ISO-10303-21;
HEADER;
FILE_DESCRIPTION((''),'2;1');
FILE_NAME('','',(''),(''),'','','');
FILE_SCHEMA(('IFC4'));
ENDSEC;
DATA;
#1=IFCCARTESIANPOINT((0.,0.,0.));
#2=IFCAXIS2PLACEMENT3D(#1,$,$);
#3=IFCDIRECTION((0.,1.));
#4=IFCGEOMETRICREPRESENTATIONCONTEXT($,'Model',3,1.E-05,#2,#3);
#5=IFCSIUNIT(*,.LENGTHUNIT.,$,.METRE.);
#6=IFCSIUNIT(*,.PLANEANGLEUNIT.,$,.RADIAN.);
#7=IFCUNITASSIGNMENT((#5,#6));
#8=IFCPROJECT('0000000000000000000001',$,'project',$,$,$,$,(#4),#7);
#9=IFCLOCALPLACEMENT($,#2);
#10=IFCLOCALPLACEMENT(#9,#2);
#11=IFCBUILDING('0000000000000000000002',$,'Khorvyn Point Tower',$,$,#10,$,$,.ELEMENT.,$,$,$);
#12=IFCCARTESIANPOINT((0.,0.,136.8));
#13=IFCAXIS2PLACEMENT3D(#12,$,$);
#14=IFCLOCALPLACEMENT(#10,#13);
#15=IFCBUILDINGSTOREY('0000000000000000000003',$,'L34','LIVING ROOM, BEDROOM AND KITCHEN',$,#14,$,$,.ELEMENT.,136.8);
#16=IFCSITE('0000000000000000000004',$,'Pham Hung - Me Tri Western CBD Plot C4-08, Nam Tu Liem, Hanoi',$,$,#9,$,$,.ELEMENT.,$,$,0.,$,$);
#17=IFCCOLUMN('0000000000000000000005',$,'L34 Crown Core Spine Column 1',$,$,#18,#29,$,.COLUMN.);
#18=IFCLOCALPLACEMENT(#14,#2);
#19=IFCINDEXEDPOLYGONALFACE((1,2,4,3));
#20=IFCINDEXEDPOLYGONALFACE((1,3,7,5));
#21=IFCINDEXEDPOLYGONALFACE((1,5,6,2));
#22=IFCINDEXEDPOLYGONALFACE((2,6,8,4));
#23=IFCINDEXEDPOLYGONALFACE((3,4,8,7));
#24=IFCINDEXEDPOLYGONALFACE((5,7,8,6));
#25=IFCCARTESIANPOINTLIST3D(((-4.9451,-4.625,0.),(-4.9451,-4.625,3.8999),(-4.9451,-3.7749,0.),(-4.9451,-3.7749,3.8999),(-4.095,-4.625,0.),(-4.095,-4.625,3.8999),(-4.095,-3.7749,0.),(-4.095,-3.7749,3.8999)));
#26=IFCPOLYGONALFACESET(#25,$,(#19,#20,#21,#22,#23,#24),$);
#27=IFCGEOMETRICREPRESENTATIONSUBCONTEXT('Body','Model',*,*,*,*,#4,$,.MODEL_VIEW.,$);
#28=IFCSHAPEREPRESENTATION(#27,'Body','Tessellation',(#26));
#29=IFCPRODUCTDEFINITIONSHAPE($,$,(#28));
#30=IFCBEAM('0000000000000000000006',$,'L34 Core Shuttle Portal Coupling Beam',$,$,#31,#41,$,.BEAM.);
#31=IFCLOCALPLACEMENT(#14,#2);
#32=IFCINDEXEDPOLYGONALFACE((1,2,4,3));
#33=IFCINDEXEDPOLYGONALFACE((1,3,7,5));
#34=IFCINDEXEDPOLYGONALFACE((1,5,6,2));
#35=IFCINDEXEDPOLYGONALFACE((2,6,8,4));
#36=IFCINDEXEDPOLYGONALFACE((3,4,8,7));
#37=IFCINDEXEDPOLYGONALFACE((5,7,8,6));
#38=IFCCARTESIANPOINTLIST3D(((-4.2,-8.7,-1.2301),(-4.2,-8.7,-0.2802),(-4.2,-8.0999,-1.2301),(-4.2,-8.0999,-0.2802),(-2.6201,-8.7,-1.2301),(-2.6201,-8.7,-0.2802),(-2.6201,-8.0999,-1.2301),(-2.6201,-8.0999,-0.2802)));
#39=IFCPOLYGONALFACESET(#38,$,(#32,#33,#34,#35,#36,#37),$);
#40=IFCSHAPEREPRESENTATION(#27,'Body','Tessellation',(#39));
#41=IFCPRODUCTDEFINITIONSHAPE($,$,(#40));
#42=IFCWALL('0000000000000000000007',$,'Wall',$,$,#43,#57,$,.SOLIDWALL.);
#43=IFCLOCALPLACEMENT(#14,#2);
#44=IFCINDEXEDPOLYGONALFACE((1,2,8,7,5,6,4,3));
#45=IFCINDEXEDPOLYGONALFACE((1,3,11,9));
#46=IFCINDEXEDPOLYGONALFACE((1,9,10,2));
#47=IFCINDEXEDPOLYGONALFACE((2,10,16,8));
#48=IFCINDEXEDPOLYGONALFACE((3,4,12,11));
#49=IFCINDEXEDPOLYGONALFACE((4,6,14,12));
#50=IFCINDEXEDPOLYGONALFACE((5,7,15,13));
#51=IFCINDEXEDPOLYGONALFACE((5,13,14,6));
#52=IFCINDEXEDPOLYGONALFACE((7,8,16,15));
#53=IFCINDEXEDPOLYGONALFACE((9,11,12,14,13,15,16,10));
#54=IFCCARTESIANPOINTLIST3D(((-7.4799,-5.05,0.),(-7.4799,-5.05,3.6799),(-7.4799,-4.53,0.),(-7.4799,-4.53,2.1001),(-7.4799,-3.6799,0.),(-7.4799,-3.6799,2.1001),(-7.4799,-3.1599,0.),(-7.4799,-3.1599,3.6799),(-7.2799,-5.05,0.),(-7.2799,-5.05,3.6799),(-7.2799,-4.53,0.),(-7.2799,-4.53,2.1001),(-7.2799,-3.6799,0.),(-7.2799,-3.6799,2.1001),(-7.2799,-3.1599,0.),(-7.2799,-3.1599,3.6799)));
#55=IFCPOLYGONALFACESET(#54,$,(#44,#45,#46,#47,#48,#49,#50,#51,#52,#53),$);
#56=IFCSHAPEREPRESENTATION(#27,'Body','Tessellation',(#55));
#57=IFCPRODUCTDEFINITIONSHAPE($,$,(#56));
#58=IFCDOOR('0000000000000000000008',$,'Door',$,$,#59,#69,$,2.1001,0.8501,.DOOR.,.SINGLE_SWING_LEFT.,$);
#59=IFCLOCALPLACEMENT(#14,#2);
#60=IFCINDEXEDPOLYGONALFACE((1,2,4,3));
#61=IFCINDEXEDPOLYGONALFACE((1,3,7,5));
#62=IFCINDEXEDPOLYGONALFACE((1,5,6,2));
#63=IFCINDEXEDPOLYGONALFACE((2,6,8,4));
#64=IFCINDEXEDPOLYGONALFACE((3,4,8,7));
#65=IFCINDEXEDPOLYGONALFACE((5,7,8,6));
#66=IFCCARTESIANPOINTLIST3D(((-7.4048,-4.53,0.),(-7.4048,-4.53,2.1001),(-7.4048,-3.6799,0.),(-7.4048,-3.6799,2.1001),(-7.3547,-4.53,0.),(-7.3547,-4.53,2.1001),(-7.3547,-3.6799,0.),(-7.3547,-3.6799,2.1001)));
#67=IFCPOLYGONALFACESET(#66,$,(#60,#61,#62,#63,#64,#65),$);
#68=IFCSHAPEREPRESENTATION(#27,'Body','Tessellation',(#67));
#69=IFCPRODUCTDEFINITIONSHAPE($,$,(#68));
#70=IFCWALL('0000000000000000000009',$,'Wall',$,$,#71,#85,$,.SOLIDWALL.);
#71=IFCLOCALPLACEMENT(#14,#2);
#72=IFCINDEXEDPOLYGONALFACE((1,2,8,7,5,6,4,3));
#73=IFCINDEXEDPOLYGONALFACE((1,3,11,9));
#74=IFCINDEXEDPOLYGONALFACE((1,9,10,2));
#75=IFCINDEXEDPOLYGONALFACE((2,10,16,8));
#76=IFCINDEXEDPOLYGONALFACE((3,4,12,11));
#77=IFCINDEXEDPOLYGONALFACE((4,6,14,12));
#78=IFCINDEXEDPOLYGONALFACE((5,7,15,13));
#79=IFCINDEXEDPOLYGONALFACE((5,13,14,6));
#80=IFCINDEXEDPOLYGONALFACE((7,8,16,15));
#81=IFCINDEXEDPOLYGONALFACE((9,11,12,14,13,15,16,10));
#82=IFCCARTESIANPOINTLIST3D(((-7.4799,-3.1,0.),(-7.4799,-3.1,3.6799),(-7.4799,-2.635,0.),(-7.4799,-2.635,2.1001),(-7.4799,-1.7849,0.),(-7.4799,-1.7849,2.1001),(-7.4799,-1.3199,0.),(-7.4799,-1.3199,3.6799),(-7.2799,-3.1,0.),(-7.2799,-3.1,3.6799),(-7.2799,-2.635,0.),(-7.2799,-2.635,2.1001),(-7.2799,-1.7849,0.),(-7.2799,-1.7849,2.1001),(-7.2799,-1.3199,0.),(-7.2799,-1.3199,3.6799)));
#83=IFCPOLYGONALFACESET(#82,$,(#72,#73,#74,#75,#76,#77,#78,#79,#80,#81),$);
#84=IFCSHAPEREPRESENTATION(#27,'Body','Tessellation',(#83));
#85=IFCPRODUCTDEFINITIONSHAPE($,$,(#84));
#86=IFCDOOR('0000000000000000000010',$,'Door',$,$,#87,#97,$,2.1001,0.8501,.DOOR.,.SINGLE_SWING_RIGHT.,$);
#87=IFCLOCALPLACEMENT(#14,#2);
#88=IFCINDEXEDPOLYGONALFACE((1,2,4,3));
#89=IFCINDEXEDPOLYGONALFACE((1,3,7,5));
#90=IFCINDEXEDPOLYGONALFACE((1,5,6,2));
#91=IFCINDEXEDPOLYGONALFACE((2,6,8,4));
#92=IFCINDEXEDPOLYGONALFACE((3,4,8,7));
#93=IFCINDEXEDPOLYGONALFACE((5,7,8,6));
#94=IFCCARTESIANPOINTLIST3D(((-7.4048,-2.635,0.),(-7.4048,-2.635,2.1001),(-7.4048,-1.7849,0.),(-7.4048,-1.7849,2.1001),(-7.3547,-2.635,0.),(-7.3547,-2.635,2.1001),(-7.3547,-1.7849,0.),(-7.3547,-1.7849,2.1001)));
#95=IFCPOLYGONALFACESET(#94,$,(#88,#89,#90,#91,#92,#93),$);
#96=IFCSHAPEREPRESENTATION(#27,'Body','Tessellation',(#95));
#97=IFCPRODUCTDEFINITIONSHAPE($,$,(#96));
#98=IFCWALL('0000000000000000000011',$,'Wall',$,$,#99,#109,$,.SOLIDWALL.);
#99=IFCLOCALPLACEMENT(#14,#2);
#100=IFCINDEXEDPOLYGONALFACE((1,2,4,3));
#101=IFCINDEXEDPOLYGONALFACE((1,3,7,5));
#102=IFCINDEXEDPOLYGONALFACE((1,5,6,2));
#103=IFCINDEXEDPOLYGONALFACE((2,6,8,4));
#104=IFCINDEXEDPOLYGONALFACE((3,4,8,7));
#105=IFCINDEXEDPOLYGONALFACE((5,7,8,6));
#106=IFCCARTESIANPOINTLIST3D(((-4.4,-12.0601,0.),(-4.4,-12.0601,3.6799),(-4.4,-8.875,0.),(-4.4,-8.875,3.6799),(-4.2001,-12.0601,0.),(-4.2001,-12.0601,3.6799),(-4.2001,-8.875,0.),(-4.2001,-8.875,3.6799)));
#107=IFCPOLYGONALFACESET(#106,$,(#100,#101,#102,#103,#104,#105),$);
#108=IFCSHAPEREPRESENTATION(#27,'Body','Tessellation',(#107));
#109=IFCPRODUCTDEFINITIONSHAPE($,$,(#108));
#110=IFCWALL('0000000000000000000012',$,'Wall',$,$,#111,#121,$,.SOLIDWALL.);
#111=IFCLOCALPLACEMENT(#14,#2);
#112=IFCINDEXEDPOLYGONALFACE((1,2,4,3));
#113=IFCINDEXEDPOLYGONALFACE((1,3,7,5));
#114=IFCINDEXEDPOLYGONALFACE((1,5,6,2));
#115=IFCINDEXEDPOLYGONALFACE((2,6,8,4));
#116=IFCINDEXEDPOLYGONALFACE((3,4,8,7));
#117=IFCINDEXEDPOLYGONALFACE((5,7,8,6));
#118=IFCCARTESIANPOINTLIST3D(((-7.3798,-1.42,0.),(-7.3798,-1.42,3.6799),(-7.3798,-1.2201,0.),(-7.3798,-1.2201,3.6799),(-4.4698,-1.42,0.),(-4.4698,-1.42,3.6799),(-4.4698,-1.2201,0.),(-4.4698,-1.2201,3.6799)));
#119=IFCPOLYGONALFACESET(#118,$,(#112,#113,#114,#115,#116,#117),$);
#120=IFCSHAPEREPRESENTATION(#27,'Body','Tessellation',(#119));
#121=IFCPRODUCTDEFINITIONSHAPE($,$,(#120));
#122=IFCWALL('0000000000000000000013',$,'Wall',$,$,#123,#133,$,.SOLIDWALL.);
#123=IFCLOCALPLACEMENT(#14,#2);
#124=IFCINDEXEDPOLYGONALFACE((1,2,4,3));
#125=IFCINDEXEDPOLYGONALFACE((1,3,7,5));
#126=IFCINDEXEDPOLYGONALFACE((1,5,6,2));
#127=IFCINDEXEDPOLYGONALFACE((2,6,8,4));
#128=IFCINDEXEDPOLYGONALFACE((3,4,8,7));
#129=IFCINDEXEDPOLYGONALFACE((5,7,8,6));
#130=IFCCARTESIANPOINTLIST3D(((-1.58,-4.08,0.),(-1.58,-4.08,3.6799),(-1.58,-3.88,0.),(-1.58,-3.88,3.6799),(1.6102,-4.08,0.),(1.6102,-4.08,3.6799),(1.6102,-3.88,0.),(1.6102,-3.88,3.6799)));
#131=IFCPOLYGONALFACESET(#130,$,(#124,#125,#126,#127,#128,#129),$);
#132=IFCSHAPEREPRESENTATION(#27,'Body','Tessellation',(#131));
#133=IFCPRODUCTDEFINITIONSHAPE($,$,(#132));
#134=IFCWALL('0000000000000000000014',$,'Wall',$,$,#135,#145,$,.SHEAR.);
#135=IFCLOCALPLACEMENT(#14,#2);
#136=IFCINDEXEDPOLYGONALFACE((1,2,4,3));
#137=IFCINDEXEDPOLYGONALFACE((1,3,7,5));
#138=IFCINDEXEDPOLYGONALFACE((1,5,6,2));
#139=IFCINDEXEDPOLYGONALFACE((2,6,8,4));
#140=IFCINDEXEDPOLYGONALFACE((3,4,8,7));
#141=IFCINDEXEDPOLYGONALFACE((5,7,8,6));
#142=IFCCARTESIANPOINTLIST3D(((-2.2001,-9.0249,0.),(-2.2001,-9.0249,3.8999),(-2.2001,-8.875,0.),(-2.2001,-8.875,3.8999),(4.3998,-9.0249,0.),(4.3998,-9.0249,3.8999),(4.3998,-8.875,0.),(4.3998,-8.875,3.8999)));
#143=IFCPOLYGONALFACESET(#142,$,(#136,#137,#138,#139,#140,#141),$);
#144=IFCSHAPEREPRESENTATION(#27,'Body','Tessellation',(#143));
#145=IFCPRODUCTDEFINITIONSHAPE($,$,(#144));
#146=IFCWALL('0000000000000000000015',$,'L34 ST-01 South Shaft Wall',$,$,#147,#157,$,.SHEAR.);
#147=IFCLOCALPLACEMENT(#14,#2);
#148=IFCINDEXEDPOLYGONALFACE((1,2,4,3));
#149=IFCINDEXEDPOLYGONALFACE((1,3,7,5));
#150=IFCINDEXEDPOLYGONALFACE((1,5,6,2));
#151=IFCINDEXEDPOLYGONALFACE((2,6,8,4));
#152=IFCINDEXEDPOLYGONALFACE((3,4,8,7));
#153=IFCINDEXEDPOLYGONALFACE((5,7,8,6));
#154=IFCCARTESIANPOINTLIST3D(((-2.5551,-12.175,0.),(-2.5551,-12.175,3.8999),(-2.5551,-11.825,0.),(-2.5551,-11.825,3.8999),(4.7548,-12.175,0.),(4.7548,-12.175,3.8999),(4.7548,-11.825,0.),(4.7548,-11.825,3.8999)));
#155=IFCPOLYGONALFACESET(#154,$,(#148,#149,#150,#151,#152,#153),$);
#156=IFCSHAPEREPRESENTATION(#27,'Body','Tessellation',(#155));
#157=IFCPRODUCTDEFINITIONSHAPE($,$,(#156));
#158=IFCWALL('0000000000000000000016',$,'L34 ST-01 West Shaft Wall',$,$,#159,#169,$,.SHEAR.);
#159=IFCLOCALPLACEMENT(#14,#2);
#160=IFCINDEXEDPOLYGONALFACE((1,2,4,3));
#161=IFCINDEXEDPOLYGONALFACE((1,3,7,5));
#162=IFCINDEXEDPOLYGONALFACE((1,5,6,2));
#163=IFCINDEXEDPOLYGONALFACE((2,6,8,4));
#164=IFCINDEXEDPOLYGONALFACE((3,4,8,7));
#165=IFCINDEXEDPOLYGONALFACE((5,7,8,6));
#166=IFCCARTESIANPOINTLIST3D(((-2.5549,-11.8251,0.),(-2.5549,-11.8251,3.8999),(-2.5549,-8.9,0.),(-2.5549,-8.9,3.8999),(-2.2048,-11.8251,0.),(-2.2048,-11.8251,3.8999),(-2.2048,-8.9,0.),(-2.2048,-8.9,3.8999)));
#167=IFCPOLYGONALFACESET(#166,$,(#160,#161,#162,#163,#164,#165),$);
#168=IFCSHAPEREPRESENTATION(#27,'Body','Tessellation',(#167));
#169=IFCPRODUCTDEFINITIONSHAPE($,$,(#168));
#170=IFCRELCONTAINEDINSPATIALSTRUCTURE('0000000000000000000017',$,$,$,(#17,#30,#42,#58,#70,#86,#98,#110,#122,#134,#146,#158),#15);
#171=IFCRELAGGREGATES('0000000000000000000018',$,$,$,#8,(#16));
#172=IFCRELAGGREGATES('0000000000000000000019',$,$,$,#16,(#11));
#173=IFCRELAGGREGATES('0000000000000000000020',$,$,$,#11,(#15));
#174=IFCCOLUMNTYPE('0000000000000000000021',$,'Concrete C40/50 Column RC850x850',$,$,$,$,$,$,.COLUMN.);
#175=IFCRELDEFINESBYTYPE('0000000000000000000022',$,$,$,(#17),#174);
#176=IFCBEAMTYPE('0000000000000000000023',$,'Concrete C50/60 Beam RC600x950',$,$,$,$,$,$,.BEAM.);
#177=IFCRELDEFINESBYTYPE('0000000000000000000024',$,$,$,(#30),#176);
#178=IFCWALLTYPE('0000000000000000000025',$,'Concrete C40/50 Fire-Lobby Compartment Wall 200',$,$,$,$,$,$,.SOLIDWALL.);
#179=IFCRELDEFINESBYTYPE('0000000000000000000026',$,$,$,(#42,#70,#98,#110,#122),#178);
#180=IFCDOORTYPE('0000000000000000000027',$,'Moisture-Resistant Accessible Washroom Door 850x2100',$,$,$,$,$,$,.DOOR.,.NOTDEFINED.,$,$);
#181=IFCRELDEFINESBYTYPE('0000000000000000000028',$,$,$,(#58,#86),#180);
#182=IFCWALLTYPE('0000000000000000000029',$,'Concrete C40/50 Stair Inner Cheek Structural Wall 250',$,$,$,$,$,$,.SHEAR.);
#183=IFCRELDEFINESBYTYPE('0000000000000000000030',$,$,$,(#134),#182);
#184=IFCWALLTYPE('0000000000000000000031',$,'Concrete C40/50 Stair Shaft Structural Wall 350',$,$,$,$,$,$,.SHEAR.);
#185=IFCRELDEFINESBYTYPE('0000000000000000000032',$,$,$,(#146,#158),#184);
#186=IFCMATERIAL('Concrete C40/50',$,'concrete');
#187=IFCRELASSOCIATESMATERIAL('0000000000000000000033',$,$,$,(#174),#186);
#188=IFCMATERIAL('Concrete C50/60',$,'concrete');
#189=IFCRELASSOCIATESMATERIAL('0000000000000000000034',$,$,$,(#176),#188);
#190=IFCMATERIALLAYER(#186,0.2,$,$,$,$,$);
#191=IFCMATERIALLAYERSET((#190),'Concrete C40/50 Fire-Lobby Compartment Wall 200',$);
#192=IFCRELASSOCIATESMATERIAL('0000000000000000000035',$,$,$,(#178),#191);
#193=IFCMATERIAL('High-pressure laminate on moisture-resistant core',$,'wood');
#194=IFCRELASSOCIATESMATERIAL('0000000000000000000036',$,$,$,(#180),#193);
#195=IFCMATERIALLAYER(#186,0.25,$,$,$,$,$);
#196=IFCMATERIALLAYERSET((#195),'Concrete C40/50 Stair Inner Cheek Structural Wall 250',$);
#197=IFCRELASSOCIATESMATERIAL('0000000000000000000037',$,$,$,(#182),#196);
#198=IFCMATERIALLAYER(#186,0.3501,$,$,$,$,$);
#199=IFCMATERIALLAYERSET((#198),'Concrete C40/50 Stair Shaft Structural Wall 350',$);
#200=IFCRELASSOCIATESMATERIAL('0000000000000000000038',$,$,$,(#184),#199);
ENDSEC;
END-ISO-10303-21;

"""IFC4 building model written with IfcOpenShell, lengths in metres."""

from ifc_helpers import new_model, si_unit, direction, frame, frame_2d, origin, origin_2d, place, context, subcontext, project, spatial, rectangle, extrude, material, layer, layer_set, material_profile, profile_set, type_object, element, fill, save


model = new_model("IFC4")

# Units and contexts
model_context = context("Model", 3, precision=1e-05, world=origin(), true_north=direction((0.0, 1.0)))
body_context = subcontext(model_context, "Body", "Model", "MODEL_VIEW")
ifc_project = project(units=[si_unit("LENGTHUNIT", "METRE"), si_unit("PLANEANGLEUNIT", "RADIAN")], contexts=[model_context])

# Site, building, storey
site_placement = place(None, origin())
site = spatial("IfcSite", under=ifc_project, at=site_placement, Name="Pham Hung - Me Tri Western CBD Plot C4-08, Nam Tu Liem, Hanoi", CompositionType="ELEMENT", RefElevation=0.0)
building_placement = place(site_placement, origin())
building = spatial("IfcBuilding", under=site, at=building_placement, Name="Khorvyn Point Tower", CompositionType="ELEMENT")
storey_placement = place(building_placement, frame((0.0, 0.0, 136.8)))
storey = spatial("IfcBuildingStorey", under=building, at=storey_placement, Name="L34", Description="LIVING ROOM, BEDROOM AND KITCHEN", CompositionType="ELEMENT", Elevation=136.8)

# Column
ifc_material_1 = material(Name="Concrete C40/50", Category="concrete")
ifc_material_profile_1 = material_profile(ifc_material_1, rectangle(XDim=0.8501, YDim=0.8501, at=origin_2d()))
ifc_profile_set_1 = profile_set([ifc_material_profile_1], Name="Concrete C40/50 RC850x850")
column_type = type_object("IfcColumnType", Name="Concrete C40/50 Column RC850x850", PredefinedType="COLUMN", material=ifc_profile_set_1)
column_placement = place(storey_placement, frame((-4.52, -4.2, 0.0), z_axis=(0.0, 0.0, 1.0), x_axis=(1.0, 0.0, 0.0)))
element("IfcColumn", 1, at=column_placement, inside=storey, type_object=column_type, Name="L34 Crown Core Spine Column 1", PredefinedType="COLUMN", context=body_context, shape_type="SweptSolid", body=[
    extrude(rectangle(XDim=0.8501, YDim=0.8501, at=origin_2d()), origin(), (0.0, 0.0, 1.0), 3.8999),
])

# Beam
ifc_material_2 = material(Name="Concrete C50/60", Category="concrete")
ifc_material_profile_2 = material_profile(ifc_material_2, rectangle(XDim=0.6001, YDim=0.95, at=origin_2d()))
ifc_profile_set_2 = profile_set([ifc_material_profile_2], Name="Concrete C50/60 RC600x950")
beam_type = type_object("IfcBeamType", Name="Concrete C50/60 Beam RC600x950", PredefinedType="BEAM", material=ifc_profile_set_2)
beam_placement = place(storey_placement, frame((-4.2, -8.3999, -0.7551), z_axis=(1.0, 0.0, 0.0), x_axis=(0.0, 1.0, 0.0)))
element("IfcBeam", 2, at=beam_placement, inside=storey, type_object=beam_type, Name="L34 Core Shuttle Portal Coupling Beam", PredefinedType="BEAM", context=body_context, shape_type="SweptSolid", body=[
    extrude(rectangle(XDim=0.6001, YDim=0.95, at=origin_2d()), origin(), (0.0, 0.0, 1.0), 1.5798),
])

# Walls, openings, doors
ifc_layer_1 = layer(ifc_material_1, 0.2)
ifc_layer_set_1 = layer_set([ifc_layer_1], Name="Concrete C40/50 Fire-Lobby Compartment Wall 200")
wall_type_1 = type_object("IfcWallType", Name="Concrete C40/50 Fire-Lobby Compartment Wall 200", PredefinedType="SOLIDWALL", material=ifc_layer_set_1)
wall_1_placement = place(storey_placement, frame((-7.3799, -5.05, 0.0), z_axis=(0.0, 0.0, 1.0), x_axis=(0.0, 1.0, 0.0)))
wall_1 = element("IfcWall", 3, at=wall_1_placement, inside=storey, type_object=wall_type_1, Name="Wall", PredefinedType="SOLIDWALL", context=body_context, shape_type="SweptSolid", body=[
    extrude(rectangle(XDim=1.8901, YDim=0.2, at=frame_2d((0.9451, 0.0))), origin(), (0.0, 0.0, 1.0), 3.6799),
])
opening_1_placement = place(wall_1_placement, frame((0.52, 0.0, 0.0)))
opening_1 = element("IfcOpeningElement", 4, at=opening_1_placement, cuts=wall_1, PredefinedType="OPENING", context=body_context, shape_type="SweptSolid", body=[
    extrude(rectangle(XDim=0.8501, YDim=2.1001, at=frame_2d((0.425, 1.05))), frame((0.0, 0.1099, 0.0), z_axis=(0.0, -1.0, 0.0), x_axis=(1.0, 0.0, 0.0)), (0.0, 0.0, 1.0), 0.22),
])
ifc_material_3 = material(Name="High-pressure laminate on moisture-resistant core", Category="wood")
door_type = type_object("IfcDoorType", Name="Moisture-Resistant Accessible Washroom Door 850x2100", OperationType="NOTDEFINED", PredefinedType="DOOR", material=ifc_material_3)
door_1_placement = place(opening_1_placement, origin())
door_1 = element("IfcDoor", 5, at=door_1_placement, inside=storey, type_object=door_type, Name="Door", OperationType="SINGLE_SWING_LEFT", OverallHeight=2.1001, OverallWidth=0.8501, PredefinedType="DOOR", context=body_context, shape_type="SweptSolid", body=[
    extrude(rectangle(XDim=0.8501, YDim=2.1001, at=frame_2d((0.425, 1.05))), frame((0.0, 0.0249, 0.0), z_axis=(0.0, -1.0, 0.0), x_axis=(1.0, 0.0, 0.0)), (0.0, 0.0, 1.0), 0.05),
])
fill(opening_1, door_1)
wall_2_placement = place(storey_placement, frame((-7.3799, -3.1001, 0.0), z_axis=(0.0, 0.0, 1.0), x_axis=(0.0, 1.0, 0.0)))
wall_2 = element("IfcWall", 6, at=wall_2_placement, inside=storey, type_object=wall_type_1, Name="Wall", PredefinedType="SOLIDWALL", context=body_context, shape_type="SweptSolid", body=[
    extrude(rectangle(XDim=1.78, YDim=0.2, at=frame_2d((0.8901, 0.0))), origin(), (0.0, 0.0, 1.0), 3.6799),
])
opening_2_placement = place(wall_2_placement, frame((0.4651, 0.0, 0.0)))
opening_2 = element("IfcOpeningElement", 7, at=opening_2_placement, cuts=wall_2, PredefinedType="OPENING", context=body_context, shape_type="SweptSolid", body=[
    extrude(rectangle(XDim=0.8501, YDim=2.1001, at=frame_2d((0.425, 1.05))), frame((0.0, 0.1099, 0.0), z_axis=(0.0, -1.0, 0.0), x_axis=(1.0, 0.0, 0.0)), (0.0, 0.0, 1.0), 0.22),
])
door_2_placement = place(opening_2_placement, origin())
door_2 = element("IfcDoor", 8, at=door_2_placement, inside=storey, type_object=door_type, Name="Door", OperationType="SINGLE_SWING_RIGHT", OverallHeight=2.1001, OverallWidth=0.8501, PredefinedType="DOOR", context=body_context, shape_type="SweptSolid", body=[
    extrude(rectangle(XDim=0.8501, YDim=2.1001, at=frame_2d((0.425, 1.05))), frame((0.0, 0.0249, 0.0), z_axis=(0.0, -1.0, 0.0), x_axis=(1.0, 0.0, 0.0)), (0.0, 0.0, 1.0), 0.05),
])
fill(opening_2, door_2)

# Walls
wall_3_placement = place(storey_placement, frame((-4.3, -12.0601, 0.0), z_axis=(0.0, 0.0, 1.0), x_axis=(0.0, 1.0, 0.0)))
element("IfcWall", 9, at=wall_3_placement, inside=storey, type_object=wall_type_1, Name="Wall", PredefinedType="SOLIDWALL", context=body_context, shape_type="SweptSolid", body=[
    extrude(rectangle(XDim=3.1851, YDim=0.2, at=frame_2d((1.5925, 0.0))), origin(), (0.0, 0.0, 1.0), 3.6799),
])
wall_4_placement = place(storey_placement, frame((-7.3799, -1.3201, 0.0), z_axis=(0.0, 0.0, 1.0), x_axis=(1.0, 0.0, 0.0)))
element("IfcWall", 10, at=wall_4_placement, inside=storey, type_object=wall_type_1, Name="Wall", PredefinedType="SOLIDWALL", context=body_context, shape_type="SweptSolid", body=[
    extrude(rectangle(XDim=2.9099, YDim=0.2, at=frame_2d((1.4551, 0.0))), origin(), (0.0, 0.0, 1.0), 3.6799),
])
wall_5_placement = place(storey_placement, frame((-1.5801, -3.98, 0.0), z_axis=(0.0, 0.0, 1.0), x_axis=(1.0, 0.0, 0.0)))
element("IfcWall", 11, at=wall_5_placement, inside=storey, type_object=wall_type_1, Name="Wall", PredefinedType="SOLIDWALL", context=body_context, shape_type="SweptSolid", body=[
    extrude(rectangle(XDim=3.1902, YDim=0.2, at=frame_2d((1.5952, 0.0))), origin(), (0.0, 0.0, 1.0), 3.6799),
])
ifc_layer_2 = layer(ifc_material_1, 0.25)
ifc_layer_set_2 = layer_set([ifc_layer_2], Name="Concrete C40/50 Stair Inner Cheek Structural Wall 250")
wall_type_2 = type_object("IfcWallType", Name="Concrete C40/50 Stair Inner Cheek Structural Wall 250", PredefinedType="SHEAR", material=ifc_layer_set_2)
wall_6_placement = place(storey_placement, frame((-2.2, -8.95, 0.0), z_axis=(0.0, 0.0, 1.0), x_axis=(1.0, 0.0, 0.0)))
element("IfcWall", 12, at=wall_6_placement, inside=storey, type_object=wall_type_2, Name="Wall", PredefinedType="SHEAR", context=body_context, shape_type="SweptSolid", body=[
    extrude(rectangle(XDim=6.5999, YDim=0.1499, at=frame_2d((3.2998, 0.0))), origin(), (0.0, 0.0, 1.0), 3.8999),
])
ifc_layer_3 = layer(ifc_material_1, 0.3501)
ifc_layer_set_3 = layer_set([ifc_layer_3], Name="Concrete C40/50 Stair Shaft Structural Wall 350")
wall_type_3 = type_object("IfcWallType", Name="Concrete C40/50 Stair Shaft Structural Wall 350", PredefinedType="SHEAR", material=ifc_layer_set_3)
wall_7_placement = place(storey_placement, frame((-2.5549, -12.0, 0.0), z_axis=(0.0, 0.0, 1.0), x_axis=(1.0, 0.0, 0.0)))
element("IfcWall", 13, at=wall_7_placement, inside=storey, type_object=wall_type_3, Name="L34 ST-01 South Shaft Wall", PredefinedType="SHEAR", context=body_context, shape_type="SweptSolid", body=[
    extrude(rectangle(XDim=7.3098, YDim=0.3501, at=frame_2d((3.6548, 0.0))), origin(), (0.0, 0.0, 1.0), 3.8999),
])
wall_8_placement = place(storey_placement, frame((-2.3799, -11.825, 0.0), z_axis=(0.0, 0.0, 1.0), x_axis=(0.0, 1.0, 0.0)))
element("IfcWall", 14, at=wall_8_placement, inside=storey, type_object=wall_type_3, Name="L34 ST-01 West Shaft Wall", PredefinedType="SHEAR", context=body_context, shape_type="SweptSolid", body=[
    extrude(rectangle(XDim=2.925, YDim=0.3501, at=frame_2d((1.4624, 0.0))), origin(), (0.0, 0.0, 1.0), 3.8999),
])

save(model, "model.ifc")
